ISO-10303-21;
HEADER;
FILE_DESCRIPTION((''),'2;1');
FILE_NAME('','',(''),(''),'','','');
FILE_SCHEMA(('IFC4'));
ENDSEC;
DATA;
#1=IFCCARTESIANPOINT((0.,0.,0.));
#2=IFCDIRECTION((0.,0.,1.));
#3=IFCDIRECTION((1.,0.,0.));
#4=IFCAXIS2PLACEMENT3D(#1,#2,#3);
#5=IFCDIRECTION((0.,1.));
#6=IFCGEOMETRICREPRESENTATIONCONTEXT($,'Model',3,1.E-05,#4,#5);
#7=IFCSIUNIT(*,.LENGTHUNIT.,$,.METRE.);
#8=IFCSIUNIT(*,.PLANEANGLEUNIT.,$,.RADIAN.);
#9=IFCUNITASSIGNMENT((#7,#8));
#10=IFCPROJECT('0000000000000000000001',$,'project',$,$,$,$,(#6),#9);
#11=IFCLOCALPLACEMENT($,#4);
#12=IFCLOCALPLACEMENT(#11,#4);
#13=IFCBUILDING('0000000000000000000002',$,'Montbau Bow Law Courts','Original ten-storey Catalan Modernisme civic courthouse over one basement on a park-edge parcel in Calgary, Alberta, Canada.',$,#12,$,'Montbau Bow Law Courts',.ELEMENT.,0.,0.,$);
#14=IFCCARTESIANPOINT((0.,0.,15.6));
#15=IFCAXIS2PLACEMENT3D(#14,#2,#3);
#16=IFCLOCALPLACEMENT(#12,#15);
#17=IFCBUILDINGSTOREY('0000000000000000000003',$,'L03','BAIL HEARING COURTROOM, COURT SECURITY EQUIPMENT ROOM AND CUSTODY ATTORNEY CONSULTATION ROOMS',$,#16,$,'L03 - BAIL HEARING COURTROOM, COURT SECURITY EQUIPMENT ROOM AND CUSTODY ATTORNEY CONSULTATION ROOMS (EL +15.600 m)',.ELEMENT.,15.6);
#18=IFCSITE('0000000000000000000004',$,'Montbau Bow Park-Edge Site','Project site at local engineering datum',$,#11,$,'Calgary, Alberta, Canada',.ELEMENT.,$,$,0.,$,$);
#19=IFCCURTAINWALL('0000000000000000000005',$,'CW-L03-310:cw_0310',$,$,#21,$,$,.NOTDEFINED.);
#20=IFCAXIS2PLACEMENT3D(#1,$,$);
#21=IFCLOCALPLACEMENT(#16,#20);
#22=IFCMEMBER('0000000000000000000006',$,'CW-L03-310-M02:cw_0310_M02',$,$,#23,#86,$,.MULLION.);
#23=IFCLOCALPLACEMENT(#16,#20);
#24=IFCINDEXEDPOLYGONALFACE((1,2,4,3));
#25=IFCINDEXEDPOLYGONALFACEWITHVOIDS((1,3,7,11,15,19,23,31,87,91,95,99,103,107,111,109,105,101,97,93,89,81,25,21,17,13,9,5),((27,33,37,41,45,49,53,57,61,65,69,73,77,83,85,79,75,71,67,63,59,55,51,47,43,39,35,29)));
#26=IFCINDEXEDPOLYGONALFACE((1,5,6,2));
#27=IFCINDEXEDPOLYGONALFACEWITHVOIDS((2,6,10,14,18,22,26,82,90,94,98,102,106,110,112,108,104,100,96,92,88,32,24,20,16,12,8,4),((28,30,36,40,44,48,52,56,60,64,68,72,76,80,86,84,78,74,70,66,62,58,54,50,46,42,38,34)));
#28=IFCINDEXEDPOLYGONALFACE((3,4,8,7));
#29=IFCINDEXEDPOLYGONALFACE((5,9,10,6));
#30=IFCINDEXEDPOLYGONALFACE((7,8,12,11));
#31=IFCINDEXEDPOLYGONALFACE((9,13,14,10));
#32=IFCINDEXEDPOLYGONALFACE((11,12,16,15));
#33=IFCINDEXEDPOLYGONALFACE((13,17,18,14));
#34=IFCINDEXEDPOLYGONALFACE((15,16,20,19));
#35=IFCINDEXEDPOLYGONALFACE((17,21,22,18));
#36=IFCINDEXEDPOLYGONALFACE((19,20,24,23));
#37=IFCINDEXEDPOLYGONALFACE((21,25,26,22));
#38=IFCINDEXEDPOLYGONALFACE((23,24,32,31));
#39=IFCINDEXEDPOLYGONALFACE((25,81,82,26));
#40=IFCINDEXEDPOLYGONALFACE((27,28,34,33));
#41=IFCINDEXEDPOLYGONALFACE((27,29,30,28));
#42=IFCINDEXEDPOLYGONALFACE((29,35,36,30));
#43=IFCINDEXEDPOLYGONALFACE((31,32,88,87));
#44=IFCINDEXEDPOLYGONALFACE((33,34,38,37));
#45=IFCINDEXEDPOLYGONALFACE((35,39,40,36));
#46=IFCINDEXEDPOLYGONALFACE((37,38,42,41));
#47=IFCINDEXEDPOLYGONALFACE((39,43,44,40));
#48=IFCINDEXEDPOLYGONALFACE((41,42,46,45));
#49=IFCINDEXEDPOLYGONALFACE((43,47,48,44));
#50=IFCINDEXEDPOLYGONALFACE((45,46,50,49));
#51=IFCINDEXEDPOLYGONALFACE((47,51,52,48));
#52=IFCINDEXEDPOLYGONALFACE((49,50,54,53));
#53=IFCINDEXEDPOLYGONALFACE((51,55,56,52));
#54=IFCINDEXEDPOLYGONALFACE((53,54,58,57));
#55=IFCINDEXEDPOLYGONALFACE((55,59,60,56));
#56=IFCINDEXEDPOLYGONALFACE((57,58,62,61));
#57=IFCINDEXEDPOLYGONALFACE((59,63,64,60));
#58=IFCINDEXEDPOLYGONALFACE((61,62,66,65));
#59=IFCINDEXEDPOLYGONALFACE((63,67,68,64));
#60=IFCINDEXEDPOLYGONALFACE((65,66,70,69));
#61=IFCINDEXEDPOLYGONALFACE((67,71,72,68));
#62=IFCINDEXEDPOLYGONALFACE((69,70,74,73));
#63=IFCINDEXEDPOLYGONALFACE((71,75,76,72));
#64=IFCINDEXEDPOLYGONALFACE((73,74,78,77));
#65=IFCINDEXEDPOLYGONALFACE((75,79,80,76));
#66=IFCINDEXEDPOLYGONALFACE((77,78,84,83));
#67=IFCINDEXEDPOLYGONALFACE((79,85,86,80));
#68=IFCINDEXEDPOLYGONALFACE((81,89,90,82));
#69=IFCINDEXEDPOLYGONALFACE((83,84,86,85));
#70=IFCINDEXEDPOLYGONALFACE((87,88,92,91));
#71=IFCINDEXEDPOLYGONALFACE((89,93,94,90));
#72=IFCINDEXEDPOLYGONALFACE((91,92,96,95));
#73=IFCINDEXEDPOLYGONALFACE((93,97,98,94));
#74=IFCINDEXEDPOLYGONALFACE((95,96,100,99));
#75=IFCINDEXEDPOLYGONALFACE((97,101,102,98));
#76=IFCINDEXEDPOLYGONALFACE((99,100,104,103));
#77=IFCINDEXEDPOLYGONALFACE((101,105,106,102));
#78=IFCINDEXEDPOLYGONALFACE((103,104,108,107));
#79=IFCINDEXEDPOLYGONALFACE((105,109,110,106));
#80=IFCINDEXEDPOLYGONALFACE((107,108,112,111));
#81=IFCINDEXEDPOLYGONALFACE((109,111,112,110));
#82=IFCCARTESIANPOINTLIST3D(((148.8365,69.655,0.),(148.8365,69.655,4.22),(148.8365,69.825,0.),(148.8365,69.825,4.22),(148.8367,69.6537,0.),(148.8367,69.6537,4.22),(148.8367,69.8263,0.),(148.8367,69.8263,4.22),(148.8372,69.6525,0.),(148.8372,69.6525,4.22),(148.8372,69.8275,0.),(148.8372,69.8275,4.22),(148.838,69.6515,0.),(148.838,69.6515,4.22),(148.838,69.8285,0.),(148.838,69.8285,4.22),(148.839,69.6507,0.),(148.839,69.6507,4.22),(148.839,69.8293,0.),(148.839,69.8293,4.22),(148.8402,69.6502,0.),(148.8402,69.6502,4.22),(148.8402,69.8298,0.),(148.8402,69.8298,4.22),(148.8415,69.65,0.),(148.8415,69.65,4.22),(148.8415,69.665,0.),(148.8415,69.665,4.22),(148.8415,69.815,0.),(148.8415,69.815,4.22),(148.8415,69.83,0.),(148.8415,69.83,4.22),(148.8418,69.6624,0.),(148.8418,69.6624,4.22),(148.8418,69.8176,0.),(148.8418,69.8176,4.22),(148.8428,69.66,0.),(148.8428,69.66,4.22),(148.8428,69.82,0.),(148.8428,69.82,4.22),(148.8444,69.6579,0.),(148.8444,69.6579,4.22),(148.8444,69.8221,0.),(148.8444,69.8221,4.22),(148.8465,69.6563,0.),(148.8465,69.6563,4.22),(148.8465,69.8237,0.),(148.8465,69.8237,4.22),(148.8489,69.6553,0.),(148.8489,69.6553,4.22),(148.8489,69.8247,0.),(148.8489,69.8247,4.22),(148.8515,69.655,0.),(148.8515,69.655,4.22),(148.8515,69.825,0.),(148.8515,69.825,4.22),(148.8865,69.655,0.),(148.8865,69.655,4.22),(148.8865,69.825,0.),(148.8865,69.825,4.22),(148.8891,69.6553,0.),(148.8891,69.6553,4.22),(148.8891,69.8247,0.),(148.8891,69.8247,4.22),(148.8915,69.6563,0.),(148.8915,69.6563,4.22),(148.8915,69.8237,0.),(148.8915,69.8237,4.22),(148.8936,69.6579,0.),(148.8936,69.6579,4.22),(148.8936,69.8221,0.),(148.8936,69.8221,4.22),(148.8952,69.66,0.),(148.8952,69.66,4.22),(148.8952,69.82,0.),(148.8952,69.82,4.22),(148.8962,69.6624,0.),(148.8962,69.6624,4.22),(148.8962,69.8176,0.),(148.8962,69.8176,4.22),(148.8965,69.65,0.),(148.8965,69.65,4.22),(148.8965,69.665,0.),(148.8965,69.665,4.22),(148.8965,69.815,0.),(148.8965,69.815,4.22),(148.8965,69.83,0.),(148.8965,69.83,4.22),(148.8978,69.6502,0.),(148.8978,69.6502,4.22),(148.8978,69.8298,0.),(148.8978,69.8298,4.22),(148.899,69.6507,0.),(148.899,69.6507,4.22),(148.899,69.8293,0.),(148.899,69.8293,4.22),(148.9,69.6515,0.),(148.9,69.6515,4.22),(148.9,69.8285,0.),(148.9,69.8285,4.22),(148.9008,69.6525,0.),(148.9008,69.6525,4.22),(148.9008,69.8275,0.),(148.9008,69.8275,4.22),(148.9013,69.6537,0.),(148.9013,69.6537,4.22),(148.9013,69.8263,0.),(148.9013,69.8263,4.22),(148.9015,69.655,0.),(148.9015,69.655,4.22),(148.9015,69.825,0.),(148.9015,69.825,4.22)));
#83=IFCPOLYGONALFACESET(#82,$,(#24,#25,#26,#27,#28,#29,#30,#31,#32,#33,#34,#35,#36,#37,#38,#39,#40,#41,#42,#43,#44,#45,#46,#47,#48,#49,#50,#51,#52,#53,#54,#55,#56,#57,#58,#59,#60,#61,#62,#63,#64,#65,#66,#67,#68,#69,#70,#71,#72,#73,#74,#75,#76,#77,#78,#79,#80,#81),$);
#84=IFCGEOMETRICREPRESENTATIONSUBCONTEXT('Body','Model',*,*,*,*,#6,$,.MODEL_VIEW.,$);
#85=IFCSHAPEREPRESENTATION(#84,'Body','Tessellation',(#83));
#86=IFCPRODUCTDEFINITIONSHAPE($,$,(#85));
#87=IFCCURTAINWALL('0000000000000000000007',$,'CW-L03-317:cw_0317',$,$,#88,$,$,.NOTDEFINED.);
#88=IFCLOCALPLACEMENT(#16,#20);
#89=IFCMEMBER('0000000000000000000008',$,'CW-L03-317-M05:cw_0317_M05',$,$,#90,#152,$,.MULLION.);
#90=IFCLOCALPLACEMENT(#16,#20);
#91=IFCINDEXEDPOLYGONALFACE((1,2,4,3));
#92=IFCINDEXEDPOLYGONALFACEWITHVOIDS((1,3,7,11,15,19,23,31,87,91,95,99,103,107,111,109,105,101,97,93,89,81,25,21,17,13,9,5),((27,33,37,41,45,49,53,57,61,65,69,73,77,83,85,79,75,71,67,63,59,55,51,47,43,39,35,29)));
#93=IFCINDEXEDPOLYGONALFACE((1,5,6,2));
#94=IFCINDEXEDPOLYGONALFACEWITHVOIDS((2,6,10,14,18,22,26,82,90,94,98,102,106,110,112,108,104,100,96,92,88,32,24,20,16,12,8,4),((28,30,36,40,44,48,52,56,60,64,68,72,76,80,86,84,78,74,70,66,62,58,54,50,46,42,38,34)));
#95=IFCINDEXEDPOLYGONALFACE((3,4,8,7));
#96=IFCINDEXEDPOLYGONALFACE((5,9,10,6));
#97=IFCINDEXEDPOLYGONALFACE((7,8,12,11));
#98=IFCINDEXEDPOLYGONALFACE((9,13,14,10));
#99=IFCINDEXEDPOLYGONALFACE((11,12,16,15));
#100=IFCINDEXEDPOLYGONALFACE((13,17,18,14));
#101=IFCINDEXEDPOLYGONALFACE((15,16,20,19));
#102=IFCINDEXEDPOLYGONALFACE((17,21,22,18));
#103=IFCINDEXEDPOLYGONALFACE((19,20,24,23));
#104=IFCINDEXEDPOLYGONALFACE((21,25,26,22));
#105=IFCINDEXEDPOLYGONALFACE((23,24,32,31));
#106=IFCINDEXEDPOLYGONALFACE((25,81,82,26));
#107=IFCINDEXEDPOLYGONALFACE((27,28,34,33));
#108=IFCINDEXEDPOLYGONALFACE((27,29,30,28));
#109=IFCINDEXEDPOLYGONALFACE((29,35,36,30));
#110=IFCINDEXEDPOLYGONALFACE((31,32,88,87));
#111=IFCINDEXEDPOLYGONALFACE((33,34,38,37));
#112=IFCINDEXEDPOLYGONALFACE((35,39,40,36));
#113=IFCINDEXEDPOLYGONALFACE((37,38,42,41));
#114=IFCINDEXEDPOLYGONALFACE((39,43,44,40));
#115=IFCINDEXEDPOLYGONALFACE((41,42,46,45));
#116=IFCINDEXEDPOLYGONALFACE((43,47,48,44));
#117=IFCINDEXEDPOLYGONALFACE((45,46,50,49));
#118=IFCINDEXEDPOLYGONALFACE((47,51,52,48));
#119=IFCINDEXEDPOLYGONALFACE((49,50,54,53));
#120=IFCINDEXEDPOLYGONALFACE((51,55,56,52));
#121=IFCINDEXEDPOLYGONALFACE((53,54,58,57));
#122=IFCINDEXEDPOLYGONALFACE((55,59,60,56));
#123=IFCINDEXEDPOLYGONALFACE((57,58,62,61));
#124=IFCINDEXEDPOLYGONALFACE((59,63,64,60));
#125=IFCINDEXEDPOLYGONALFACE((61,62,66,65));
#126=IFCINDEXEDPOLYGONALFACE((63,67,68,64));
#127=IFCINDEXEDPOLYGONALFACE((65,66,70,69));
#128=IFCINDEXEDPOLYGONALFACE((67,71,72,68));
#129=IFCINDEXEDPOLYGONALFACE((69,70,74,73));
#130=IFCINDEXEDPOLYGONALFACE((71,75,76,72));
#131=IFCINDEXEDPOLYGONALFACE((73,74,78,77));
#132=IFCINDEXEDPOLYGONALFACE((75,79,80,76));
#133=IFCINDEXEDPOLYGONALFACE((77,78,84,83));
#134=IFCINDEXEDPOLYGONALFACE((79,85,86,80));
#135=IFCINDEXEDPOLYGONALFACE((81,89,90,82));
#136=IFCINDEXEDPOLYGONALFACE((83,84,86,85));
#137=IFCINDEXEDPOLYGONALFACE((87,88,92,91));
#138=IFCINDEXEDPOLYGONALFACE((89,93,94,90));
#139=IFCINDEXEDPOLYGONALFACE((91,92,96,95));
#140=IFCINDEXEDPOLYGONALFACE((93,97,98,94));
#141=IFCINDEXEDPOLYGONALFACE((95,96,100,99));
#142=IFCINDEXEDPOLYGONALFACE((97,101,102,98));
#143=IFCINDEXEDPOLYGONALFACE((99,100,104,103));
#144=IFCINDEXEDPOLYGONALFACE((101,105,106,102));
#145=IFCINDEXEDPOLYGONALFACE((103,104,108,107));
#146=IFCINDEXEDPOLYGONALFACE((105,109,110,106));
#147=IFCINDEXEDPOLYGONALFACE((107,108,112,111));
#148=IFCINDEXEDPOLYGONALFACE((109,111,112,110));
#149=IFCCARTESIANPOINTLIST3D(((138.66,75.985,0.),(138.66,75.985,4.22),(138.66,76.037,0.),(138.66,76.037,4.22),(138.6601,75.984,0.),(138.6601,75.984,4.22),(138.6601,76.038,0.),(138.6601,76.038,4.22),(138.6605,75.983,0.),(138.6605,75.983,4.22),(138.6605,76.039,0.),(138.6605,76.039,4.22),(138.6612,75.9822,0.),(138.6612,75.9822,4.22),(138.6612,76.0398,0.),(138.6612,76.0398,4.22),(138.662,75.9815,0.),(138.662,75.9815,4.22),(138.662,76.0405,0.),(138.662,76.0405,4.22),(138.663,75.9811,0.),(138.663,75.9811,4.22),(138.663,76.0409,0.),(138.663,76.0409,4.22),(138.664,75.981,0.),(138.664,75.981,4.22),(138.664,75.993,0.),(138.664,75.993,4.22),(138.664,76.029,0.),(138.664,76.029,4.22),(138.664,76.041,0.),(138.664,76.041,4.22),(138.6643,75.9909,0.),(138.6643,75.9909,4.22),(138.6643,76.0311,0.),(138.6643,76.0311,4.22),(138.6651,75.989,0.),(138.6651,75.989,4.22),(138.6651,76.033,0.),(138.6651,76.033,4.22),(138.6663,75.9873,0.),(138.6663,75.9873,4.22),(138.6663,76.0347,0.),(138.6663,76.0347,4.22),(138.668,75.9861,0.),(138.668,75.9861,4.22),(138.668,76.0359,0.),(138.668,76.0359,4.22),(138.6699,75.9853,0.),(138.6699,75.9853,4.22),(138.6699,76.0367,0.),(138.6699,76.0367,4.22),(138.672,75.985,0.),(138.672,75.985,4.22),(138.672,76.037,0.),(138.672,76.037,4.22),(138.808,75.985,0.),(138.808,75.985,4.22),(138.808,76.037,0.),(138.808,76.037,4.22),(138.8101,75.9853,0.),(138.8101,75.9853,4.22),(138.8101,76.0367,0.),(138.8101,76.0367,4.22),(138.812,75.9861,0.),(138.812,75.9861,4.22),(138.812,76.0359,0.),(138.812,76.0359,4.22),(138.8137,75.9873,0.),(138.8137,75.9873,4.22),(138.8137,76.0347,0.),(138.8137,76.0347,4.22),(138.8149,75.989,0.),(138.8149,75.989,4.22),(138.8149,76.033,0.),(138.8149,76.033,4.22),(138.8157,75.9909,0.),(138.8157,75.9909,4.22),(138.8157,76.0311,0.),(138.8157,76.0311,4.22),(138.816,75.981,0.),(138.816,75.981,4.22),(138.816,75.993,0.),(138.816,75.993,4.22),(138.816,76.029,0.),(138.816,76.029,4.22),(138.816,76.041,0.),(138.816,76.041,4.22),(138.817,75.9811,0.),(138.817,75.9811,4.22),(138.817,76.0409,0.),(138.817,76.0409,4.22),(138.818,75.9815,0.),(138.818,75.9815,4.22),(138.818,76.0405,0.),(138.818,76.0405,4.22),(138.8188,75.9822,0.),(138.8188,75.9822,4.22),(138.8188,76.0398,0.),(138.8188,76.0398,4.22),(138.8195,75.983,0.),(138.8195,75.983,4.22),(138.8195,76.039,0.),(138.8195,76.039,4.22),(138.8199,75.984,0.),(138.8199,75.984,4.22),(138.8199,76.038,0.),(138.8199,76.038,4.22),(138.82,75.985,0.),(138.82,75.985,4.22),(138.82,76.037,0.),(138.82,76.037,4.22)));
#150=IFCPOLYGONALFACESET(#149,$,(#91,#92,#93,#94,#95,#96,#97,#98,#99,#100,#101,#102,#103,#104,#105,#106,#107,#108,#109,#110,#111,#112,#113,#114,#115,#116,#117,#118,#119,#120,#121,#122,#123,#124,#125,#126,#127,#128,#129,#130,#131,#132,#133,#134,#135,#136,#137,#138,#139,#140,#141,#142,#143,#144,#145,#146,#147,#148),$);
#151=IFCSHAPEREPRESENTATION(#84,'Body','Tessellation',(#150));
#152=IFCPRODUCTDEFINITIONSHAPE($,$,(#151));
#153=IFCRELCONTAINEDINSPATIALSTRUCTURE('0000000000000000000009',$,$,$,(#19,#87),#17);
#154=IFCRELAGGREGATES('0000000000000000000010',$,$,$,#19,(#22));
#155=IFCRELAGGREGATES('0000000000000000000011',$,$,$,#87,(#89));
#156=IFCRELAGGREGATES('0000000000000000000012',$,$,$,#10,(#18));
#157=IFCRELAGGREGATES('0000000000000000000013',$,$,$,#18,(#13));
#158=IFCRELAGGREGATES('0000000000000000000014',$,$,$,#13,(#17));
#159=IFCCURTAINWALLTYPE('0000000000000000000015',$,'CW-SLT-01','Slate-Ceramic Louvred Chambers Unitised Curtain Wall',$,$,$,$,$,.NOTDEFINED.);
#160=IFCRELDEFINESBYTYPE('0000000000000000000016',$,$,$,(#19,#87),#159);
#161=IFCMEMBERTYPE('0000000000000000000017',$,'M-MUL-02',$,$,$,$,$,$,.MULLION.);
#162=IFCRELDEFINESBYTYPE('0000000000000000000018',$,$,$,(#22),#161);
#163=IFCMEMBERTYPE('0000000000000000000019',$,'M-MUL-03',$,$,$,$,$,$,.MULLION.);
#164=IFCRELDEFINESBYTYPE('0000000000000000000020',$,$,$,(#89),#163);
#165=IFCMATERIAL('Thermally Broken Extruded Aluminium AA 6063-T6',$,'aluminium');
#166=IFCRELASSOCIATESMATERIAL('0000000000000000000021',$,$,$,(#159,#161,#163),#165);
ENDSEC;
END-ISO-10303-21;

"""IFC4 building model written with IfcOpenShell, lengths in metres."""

from ifc_helpers import new_model, si_unit, direction, frame, origin_with_axes, origin_2d_with_axis, place, context, subcontext, project, spatial, hollow_rectangle, extrude, material, material_profile, profile_set, type_object, element, aggregate, save


model = new_model("IFC4")

# Units and contexts
model_context = context("Model", 3, precision=1e-05, world=origin_with_axes(), true_north=direction((0.0, 1.0)))
body_context = subcontext(model_context, "Body", "Model", "MODEL_VIEW")
ifc_project = project(units=[si_unit("LENGTHUNIT", "METRE"), si_unit("PLANEANGLEUNIT", "RADIAN")], contexts=[model_context])

# Site, building, storey
site_placement = place(None, origin_with_axes())
site = spatial("IfcSite", under=ifc_project, at=site_placement, Name="Montbau Bow Park-Edge Site", Description="Project site at local engineering datum", LongName="Calgary, Alberta, Canada", CompositionType="ELEMENT", RefElevation=0.0)
building_placement = place(site_placement, origin_with_axes())
building = spatial("IfcBuilding", under=site, at=building_placement, Name="Montbau Bow Law Courts", Description="Original ten-storey Catalan Modernisme civic courthouse over one basement on a park-edge parcel in Calgary, Alberta, Canada.", LongName="Montbau Bow Law Courts", CompositionType="ELEMENT", ElevationOfRefHeight=0.0, ElevationOfTerrain=0.0)
storey_placement = place(building_placement, frame((0.0, 0.0, 15.6), z_axis=(0.0, 0.0, 1.0), x_axis=(1.0, 0.0, 0.0)))
storey = spatial("IfcBuildingStorey", under=building, at=storey_placement, Name="L03", Description="BAIL HEARING COURTROOM, COURT SECURITY EQUIPMENT ROOM AND CUSTODY ATTORNEY CONSULTATION ROOMS", LongName="L03 - BAIL HEARING COURTROOM, COURT SECURITY EQUIPMENT ROOM AND CUSTODY ATTORNEY CONSULTATION ROOMS (EL +15.600 m)", CompositionType="ELEMENT", Elevation=15.6)

# Shared definitions
ifc_material_1 = material(Name="Thermally Broken Extruded Aluminium AA 6063-T6", Category="aluminium")
curtain_wall_type = type_object("IfcCurtainWallType", Name="CW-SLT-01", Description="Slate-Ceramic Louvred Chambers Unitised Curtain Wall", PredefinedType="NOTDEFINED", material=ifc_material_1)

# Curtain walls, members
curtain_wall_1_placement = place(None, frame((147.515, 69.74, 15.6), z_axis=(0.0, 0.0, 1.0), x_axis=(1.0, 0.0, 0.0)))
curtain_wall_1 = element("IfcCurtainWall", 1, at=curtain_wall_1_placement, inside=storey, type_object=curtain_wall_type, Name="CW-L03-310:cw_0310", PredefinedType="NOTDEFINED")
ifc_material_profile_1 = material_profile(ifc_material_1, hollow_rectangle(XDim=0.065, YDim=0.18, WallThickness=0.005, InnerFilletRadius=0.01, OuterFilletRadius=0.005, at=origin_2d_with_axis()), Name="CWM-180X65", Category="Main", Priority=0)
ifc_profile_set_1 = profile_set([ifc_material_profile_1], Name="Thermally Broken Extruded Aluminium AA 6063-T6")
member_type_1 = type_object("IfcMemberType", Name="M-MUL-02", PredefinedType="MULLION", material=ifc_profile_set_1)
member_1_placement = place(None, frame((148.869, 69.74, 15.6), z_axis=(0.0, 0.0, 1.0), x_axis=(1.0, 0.0, 0.0)))
member_1 = element("IfcMember", 2, at=member_1_placement, type_object=member_type_1, Name="CW-L03-310-M02:cw_0310_M02", PredefinedType="MULLION", context=body_context, shape_type="SweptSolid", body=[
    extrude(hollow_rectangle(XDim=0.065, YDim=0.18, WallThickness=0.005, InnerFilletRadius=0.01, OuterFilletRadius=0.005, at=origin_2d_with_axis()), origin_with_axes(), (0.0, 0.0, 1.0), 4.22),
])
curtain_wall_2_placement = place(None, frame((138.74, 70.115, 15.6), z_axis=(0.0, 0.0, 1.0), x_axis=(1.0, 0.0, 0.0)))
curtain_wall_2 = element("IfcCurtainWall", 3, at=curtain_wall_2_placement, inside=storey, type_object=curtain_wall_type, Name="CW-L03-317:cw_0317", PredefinedType="NOTDEFINED")
ifc_material_profile_2 = material_profile(ifc_material_1, hollow_rectangle(XDim=0.06, YDim=0.16, WallThickness=0.004, InnerFilletRadius=0.008, OuterFilletRadius=0.004, at=origin_2d_with_axis()), Name="CWM-160X60", Category="Main", Priority=0)
ifc_profile_set_2 = profile_set([ifc_material_profile_2], Name="Thermally Broken Extruded Aluminium AA 6063-T6")
member_type_2 = type_object("IfcMemberType", Name="M-MUL-03", PredefinedType="MULLION", material=ifc_profile_set_2)
member_2_placement = place(None, frame((138.74, 76.011, 15.6), z_axis=(0.0, 0.0, 1.0), x_axis=(0.0, 1.0, 0.0)))
member_2 = element("IfcMember", 4, at=member_2_placement, type_object=member_type_2, Name="CW-L03-317-M05:cw_0317_M05", PredefinedType="MULLION", context=body_context, shape_type="SweptSolid", body=[
    extrude(hollow_rectangle(XDim=0.06, YDim=0.16, WallThickness=0.004, InnerFilletRadius=0.008, OuterFilletRadius=0.004, at=origin_2d_with_axis()), origin_with_axes(), (0.0, 0.0, 1.0), 4.22),
])

aggregate(curtain_wall_1, [member_1])
aggregate(curtain_wall_2, [member_2])

save(model, "model.ifc")
